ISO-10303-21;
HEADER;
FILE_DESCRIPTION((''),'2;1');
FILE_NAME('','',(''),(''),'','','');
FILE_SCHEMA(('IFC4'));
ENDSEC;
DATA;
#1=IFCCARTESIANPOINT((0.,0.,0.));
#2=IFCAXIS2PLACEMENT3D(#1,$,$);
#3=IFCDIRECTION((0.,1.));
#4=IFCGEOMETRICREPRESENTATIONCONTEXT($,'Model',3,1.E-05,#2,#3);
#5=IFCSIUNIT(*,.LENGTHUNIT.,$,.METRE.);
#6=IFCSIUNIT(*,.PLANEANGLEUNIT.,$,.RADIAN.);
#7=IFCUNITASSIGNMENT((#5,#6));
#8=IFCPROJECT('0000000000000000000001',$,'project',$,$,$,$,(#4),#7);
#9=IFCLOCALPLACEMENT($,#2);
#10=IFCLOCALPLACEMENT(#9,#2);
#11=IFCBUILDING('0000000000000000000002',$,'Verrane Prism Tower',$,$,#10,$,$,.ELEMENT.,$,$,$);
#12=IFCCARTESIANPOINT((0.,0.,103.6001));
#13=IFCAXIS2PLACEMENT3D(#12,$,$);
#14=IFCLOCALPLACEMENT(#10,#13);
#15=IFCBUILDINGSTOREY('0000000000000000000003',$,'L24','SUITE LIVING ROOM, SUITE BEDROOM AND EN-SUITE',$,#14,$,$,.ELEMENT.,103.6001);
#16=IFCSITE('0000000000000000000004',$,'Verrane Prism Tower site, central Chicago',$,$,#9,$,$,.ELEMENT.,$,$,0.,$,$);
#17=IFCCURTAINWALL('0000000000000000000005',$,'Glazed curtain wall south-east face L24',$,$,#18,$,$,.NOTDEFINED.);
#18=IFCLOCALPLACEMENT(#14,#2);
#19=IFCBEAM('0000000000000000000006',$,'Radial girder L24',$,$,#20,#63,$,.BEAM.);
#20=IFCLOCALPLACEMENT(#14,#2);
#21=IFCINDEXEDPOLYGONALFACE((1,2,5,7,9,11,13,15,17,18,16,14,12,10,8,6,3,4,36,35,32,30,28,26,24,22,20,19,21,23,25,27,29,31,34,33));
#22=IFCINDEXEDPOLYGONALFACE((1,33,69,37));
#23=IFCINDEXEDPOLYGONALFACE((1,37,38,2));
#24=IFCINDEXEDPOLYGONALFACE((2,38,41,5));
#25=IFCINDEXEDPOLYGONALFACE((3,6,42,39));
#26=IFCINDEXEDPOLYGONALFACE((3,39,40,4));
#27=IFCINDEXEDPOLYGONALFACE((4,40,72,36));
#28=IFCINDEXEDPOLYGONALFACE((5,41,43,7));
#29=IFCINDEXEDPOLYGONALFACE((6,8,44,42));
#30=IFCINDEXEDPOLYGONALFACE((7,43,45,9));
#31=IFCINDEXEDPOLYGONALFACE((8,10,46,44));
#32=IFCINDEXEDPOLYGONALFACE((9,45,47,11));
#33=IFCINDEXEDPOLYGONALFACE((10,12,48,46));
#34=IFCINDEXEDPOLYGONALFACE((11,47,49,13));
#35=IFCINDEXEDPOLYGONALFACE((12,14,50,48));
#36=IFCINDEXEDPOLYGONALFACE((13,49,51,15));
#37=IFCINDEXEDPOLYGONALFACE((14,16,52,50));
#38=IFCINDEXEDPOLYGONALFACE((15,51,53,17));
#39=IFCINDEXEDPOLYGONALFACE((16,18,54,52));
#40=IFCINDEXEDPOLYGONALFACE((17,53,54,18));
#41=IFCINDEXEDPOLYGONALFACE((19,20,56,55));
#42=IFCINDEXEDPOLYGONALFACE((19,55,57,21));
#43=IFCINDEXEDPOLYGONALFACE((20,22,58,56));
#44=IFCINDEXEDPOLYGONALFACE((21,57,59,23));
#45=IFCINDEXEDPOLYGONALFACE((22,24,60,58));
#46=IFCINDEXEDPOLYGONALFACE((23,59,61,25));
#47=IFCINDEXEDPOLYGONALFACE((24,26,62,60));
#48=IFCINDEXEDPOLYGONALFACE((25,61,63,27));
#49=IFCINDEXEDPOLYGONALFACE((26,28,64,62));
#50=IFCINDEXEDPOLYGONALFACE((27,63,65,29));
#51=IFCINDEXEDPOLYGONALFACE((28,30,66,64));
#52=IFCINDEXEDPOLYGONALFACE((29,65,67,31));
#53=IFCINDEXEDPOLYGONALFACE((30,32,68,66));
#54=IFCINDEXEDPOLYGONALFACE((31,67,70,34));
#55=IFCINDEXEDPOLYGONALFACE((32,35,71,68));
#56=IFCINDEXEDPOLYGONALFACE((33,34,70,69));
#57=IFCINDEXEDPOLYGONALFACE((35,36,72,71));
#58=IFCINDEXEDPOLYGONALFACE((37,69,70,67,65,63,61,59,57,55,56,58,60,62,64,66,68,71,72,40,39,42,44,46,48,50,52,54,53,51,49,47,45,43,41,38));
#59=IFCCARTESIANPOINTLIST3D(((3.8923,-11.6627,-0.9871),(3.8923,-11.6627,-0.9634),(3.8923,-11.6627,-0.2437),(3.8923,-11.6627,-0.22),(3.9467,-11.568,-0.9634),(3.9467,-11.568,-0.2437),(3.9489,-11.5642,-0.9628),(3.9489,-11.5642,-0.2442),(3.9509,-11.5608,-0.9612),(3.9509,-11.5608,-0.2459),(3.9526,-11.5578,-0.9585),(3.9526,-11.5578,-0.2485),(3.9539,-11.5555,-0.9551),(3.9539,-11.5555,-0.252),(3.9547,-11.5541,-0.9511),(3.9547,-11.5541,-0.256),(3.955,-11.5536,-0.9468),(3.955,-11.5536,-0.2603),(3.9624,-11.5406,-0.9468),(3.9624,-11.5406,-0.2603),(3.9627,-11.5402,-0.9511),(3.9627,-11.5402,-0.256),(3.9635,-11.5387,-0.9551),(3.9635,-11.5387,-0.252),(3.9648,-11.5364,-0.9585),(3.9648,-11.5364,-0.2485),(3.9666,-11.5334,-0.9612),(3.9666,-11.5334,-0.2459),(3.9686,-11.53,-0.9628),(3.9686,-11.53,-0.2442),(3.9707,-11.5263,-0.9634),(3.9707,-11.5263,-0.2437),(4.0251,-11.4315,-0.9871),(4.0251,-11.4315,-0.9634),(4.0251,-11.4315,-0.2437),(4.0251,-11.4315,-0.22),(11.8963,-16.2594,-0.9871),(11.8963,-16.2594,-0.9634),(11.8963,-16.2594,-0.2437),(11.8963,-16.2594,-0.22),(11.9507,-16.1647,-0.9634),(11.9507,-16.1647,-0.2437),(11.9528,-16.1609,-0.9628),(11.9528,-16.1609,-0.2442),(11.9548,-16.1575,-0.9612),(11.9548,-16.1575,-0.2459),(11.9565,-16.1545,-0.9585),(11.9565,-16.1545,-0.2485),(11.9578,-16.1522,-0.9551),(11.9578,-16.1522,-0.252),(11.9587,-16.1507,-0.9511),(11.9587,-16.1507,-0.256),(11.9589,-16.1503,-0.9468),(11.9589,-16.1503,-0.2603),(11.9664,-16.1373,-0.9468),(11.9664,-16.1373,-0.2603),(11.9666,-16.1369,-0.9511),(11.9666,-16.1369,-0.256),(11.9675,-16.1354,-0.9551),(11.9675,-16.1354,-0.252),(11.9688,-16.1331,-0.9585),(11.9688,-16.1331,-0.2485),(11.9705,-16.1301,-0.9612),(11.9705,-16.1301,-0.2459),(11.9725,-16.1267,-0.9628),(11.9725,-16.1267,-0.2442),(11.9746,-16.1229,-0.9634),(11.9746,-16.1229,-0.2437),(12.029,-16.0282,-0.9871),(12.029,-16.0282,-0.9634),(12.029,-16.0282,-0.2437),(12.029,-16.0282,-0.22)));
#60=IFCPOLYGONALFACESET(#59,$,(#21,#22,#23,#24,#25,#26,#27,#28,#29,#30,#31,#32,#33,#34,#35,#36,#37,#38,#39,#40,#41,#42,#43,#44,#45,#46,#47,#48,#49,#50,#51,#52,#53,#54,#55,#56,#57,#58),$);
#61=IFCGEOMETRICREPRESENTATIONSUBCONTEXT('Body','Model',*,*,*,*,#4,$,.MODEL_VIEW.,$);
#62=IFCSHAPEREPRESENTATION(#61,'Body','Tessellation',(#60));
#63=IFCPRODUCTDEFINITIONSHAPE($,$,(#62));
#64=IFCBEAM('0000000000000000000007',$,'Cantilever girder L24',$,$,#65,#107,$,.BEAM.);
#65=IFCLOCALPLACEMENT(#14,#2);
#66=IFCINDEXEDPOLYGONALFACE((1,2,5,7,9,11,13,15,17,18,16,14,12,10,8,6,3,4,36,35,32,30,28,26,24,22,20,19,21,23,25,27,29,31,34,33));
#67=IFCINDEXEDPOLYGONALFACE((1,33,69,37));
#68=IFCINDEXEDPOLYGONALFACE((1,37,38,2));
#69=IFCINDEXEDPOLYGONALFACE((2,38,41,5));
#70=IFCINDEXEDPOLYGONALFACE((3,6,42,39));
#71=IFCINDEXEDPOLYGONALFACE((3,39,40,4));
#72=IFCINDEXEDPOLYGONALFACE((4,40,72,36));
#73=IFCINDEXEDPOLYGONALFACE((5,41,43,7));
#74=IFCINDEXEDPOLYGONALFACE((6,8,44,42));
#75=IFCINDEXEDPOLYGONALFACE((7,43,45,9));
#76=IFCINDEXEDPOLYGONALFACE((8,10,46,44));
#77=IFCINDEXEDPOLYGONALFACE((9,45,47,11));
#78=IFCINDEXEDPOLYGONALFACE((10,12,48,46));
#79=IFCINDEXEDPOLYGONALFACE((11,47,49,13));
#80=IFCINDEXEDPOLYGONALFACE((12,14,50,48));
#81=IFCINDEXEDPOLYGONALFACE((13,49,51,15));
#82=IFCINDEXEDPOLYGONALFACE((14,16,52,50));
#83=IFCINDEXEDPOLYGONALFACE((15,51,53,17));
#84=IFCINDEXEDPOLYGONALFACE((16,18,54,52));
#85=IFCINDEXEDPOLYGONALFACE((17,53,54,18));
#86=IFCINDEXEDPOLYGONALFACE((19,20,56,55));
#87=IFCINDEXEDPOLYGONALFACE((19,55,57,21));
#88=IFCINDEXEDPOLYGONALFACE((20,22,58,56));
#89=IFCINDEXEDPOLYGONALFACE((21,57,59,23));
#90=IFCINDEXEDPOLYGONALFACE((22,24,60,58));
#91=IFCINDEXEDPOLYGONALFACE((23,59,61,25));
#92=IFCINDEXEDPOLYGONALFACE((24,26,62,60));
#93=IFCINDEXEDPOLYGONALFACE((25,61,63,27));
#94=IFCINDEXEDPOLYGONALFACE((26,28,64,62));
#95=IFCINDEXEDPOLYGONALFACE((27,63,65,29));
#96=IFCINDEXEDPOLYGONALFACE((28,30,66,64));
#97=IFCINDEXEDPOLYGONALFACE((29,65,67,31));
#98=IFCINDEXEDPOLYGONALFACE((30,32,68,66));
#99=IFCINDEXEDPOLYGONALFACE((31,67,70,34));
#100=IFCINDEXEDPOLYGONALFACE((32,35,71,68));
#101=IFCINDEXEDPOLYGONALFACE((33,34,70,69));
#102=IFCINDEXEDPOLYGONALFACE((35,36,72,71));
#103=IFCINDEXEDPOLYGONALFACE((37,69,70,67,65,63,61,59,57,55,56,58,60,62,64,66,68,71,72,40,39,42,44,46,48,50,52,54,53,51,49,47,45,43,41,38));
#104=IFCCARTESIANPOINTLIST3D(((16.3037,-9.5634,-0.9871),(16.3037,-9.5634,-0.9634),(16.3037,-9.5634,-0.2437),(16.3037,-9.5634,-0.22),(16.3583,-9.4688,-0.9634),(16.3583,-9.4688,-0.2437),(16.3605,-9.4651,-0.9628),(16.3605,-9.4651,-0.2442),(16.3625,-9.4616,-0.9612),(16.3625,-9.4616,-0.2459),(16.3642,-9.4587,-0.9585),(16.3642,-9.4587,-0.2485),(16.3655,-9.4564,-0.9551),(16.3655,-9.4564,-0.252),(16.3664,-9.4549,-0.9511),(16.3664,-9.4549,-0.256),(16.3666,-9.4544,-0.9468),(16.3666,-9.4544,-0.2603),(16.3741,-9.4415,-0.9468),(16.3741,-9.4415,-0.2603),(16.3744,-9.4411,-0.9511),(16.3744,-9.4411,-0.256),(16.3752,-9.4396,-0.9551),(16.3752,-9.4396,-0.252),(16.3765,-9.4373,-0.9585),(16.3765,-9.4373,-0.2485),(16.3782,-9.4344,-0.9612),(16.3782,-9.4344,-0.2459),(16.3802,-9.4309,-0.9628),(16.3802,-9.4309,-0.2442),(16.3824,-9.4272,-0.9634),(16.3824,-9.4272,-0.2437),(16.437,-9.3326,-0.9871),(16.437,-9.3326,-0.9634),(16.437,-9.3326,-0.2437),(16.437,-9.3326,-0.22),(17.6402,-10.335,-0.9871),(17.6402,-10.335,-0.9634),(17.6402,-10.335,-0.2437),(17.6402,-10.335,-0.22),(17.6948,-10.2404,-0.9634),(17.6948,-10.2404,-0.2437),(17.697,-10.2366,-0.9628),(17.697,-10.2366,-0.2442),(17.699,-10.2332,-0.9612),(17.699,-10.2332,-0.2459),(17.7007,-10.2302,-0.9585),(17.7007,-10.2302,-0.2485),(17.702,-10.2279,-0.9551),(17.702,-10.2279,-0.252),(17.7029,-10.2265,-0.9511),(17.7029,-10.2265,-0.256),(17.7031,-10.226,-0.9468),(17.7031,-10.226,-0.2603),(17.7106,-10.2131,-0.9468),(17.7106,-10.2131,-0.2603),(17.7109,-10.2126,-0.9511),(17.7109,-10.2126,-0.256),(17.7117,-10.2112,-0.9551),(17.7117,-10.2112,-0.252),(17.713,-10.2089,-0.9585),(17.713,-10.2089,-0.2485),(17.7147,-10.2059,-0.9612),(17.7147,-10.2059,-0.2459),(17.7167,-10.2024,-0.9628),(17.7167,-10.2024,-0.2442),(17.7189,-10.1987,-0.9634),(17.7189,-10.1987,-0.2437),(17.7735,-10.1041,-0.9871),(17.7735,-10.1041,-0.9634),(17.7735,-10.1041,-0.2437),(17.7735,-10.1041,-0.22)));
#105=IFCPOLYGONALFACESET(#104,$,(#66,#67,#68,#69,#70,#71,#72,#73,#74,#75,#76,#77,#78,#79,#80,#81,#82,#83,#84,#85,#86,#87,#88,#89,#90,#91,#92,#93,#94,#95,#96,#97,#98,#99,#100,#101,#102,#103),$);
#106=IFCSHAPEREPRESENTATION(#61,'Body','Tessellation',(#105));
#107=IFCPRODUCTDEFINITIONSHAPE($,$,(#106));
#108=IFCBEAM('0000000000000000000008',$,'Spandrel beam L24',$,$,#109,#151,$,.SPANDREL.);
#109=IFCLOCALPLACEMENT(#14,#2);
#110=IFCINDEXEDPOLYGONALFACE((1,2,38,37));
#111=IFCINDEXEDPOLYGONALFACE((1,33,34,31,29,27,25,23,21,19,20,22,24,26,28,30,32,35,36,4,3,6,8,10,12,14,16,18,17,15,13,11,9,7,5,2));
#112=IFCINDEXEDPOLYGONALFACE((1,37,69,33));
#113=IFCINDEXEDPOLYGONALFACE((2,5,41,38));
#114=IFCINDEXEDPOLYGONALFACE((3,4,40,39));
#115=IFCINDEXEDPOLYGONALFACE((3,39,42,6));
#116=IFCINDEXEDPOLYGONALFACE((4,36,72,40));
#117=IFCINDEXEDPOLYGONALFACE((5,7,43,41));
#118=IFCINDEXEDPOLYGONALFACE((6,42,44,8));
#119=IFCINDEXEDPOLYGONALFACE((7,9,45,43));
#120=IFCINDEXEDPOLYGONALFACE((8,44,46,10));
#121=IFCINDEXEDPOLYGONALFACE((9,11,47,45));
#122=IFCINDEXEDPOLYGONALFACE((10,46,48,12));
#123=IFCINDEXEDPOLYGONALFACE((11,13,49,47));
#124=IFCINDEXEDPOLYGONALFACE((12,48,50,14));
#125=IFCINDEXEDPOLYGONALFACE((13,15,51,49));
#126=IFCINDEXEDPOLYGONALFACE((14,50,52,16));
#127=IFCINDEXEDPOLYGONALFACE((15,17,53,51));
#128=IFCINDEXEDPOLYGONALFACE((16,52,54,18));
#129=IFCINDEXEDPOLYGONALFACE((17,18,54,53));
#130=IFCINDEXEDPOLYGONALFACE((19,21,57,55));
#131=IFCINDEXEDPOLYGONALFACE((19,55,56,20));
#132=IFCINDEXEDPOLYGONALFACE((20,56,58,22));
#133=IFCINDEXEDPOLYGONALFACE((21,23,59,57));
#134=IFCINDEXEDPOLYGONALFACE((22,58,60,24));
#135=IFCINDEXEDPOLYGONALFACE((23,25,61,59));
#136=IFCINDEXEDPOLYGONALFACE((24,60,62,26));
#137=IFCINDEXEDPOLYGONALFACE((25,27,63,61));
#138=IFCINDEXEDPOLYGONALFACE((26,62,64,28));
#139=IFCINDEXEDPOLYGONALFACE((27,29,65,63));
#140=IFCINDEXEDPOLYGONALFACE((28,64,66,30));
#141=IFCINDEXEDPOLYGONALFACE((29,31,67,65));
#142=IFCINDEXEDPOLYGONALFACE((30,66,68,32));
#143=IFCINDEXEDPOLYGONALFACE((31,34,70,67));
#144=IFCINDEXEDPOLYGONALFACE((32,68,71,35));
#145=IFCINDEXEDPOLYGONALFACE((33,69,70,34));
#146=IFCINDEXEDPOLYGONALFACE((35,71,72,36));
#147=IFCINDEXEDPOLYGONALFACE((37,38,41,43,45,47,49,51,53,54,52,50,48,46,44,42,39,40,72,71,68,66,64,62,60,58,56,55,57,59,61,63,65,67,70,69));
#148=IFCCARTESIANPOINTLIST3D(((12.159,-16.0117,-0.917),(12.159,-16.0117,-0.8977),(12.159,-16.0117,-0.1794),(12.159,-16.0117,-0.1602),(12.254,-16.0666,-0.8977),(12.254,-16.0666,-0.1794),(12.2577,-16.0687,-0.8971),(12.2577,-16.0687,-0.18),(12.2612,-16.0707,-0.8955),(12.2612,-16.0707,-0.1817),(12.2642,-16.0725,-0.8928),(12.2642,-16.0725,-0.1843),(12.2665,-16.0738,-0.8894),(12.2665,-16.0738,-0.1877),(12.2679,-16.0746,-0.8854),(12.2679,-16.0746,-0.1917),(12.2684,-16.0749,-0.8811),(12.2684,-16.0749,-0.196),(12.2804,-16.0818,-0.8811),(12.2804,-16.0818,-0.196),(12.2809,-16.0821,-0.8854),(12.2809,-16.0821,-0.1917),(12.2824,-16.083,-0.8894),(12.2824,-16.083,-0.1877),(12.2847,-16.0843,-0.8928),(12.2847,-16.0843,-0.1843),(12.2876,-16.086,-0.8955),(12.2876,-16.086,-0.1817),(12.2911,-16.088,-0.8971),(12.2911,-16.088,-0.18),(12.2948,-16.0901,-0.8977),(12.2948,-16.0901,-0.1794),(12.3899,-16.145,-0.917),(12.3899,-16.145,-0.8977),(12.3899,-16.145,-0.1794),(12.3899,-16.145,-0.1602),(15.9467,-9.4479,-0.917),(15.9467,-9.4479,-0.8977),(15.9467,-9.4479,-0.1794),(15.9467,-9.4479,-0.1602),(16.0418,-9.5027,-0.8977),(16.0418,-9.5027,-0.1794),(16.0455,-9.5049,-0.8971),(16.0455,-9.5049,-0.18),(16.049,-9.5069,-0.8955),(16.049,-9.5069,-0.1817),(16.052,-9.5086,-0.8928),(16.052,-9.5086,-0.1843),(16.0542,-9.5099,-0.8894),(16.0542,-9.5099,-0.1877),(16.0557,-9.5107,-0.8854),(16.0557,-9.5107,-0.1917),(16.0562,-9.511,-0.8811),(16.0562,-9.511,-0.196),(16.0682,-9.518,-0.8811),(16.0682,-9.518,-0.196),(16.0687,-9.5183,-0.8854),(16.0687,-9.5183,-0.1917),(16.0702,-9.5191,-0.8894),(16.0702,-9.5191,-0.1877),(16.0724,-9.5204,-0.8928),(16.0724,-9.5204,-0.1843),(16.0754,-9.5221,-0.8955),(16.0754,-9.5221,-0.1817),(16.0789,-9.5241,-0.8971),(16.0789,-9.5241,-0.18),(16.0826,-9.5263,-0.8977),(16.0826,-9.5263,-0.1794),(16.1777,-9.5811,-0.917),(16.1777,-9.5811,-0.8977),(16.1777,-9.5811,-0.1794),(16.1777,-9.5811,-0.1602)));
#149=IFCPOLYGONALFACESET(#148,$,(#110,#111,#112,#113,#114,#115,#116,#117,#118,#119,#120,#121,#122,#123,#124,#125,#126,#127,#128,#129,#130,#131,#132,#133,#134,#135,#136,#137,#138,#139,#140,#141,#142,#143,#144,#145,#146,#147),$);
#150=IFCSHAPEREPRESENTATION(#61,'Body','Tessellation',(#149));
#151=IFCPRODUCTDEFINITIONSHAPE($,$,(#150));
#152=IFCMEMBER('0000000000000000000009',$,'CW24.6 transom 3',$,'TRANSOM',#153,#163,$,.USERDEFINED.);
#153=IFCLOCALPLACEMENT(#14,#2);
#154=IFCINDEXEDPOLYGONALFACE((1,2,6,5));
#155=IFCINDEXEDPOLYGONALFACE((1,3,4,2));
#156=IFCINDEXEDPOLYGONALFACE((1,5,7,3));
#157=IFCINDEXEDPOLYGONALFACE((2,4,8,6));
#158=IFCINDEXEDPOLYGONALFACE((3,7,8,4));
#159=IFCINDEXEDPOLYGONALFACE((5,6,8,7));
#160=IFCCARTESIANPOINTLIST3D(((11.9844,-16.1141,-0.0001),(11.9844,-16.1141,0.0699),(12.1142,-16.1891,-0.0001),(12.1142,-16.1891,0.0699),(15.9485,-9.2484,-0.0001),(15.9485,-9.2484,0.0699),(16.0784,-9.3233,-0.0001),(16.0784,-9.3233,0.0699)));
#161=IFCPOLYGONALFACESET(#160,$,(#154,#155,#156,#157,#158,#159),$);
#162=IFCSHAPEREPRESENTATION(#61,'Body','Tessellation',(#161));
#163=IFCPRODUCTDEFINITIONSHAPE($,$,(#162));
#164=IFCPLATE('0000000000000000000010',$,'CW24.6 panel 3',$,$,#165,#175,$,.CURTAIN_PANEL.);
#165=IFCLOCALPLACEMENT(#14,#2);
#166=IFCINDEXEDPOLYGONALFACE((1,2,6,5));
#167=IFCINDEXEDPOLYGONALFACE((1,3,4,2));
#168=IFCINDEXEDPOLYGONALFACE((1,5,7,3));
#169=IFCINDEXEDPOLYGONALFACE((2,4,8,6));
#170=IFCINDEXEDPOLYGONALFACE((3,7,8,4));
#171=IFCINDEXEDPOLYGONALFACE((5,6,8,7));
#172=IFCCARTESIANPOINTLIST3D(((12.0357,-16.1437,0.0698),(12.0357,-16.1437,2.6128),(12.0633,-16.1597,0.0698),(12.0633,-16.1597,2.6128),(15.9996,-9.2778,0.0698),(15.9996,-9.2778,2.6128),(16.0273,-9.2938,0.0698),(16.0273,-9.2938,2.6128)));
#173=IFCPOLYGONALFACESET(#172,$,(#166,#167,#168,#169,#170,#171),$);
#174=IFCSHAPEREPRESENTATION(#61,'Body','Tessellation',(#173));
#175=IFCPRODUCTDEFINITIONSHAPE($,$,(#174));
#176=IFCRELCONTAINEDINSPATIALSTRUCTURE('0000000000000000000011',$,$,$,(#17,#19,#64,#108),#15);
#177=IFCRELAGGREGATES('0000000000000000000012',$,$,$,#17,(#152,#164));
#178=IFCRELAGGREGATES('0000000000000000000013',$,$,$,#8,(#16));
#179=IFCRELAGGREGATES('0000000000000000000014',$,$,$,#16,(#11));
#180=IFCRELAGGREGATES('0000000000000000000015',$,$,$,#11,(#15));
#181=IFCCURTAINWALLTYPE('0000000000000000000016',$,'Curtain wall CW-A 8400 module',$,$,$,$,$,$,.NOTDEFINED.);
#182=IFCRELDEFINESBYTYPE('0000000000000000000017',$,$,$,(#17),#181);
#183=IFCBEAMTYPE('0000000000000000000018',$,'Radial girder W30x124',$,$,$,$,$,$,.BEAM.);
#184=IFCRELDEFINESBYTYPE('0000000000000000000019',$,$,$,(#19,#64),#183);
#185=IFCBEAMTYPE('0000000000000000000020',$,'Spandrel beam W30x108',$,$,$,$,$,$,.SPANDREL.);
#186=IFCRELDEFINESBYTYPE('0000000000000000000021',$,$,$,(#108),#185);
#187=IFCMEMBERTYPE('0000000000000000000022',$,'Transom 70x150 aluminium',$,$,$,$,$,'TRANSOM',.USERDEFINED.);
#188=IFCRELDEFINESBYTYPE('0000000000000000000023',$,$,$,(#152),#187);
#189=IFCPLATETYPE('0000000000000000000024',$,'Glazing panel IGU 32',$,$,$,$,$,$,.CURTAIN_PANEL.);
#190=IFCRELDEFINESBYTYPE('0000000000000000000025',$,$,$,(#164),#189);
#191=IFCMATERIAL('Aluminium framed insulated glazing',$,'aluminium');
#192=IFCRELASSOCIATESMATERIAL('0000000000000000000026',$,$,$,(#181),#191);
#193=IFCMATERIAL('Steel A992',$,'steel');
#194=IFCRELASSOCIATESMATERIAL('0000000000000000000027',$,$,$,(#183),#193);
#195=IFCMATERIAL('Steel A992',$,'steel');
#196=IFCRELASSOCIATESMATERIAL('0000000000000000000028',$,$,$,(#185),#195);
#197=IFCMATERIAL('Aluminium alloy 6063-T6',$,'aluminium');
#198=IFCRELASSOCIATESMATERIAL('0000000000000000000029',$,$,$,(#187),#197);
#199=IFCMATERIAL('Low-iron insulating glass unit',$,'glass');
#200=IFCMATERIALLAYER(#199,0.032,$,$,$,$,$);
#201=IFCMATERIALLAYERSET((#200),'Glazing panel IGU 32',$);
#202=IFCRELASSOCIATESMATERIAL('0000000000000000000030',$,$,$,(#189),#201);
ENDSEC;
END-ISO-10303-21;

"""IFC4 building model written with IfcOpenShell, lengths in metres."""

from ifc_helpers import new_model, si_unit, direction, frame, origin, origin_2d, place, context, subcontext, project, spatial, rectangle, i_section, extrude, material, layer, layer_set, material_profile, profile_set, type_object, element, aggregate, save


model = new_model("IFC4")

# Units and contexts
model_context = context("Model", 3, precision=1e-05, world=origin(), true_north=direction((0.0, 1.0)))
body_context = subcontext(model_context, "Body", "Model", "MODEL_VIEW")
ifc_project = project(units=[si_unit("LENGTHUNIT", "METRE"), si_unit("PLANEANGLEUNIT", "RADIAN")], contexts=[model_context])

# Site, building, storey
site_placement = place(None, origin())
site = spatial("IfcSite", under=ifc_project, at=site_placement, Name="Verrane Prism Tower site, central Chicago", CompositionType="ELEMENT", RefElevation=0.0)
building_placement = place(site_placement, origin())
building = spatial("IfcBuilding", under=site, at=building_placement, Name="Verrane Prism Tower", CompositionType="ELEMENT")
storey_placement = place(building_placement, frame((0.0, 0.0, 103.6001)))
storey = spatial("IfcBuildingStorey", under=building, at=storey_placement, Name="L24", Description="SUITE LIVING ROOM, SUITE BEDROOM AND EN-SUITE", CompositionType="ELEMENT", Elevation=103.6001)

# Curtain wall
ifc_material_1 = material(Name="Aluminium framed insulated glazing", Category="aluminium")
curtain_wall_type = type_object("IfcCurtainWallType", Name="Curtain wall CW-A 8400 module", PredefinedType="NOTDEFINED", material=ifc_material_1)
curtain_wall_placement = place(storey_placement, origin())
curtain_wall = element("IfcCurtainWall", 1, at=curtain_wall_placement, inside=storey, type_object=curtain_wall_type, Name="Glazed curtain wall south-east face L24", PredefinedType="NOTDEFINED")

# Beams
ifc_material_2 = material(Name="Steel A992", Category="steel")
ifc_material_profile_1 = material_profile(ifc_material_2, i_section(OverallWidth=0.2666, OverallDepth=0.7671, WebThickness=0.0149, FlangeThickness=0.0237, FilletRadius=0.0166, at=origin_2d()), Name="W30x124")
ifc_profile_set_1 = profile_set([ifc_material_profile_1], Name="Steel A992")
beam_type_1 = type_object("IfcBeamType", Name="Radial girder W30x124", PredefinedType="BEAM", material=ifc_profile_set_1)
beam_1_placement = place(storey_placement, frame((11.9626, -16.1438, -0.6035), z_axis=(-0.867167, 0.498018, 0.0), x_axis=(-0.498018, -0.867167, 0.0)))
element("IfcBeam", 2, at=beam_1_placement, inside=storey, type_object=beam_type_1, Name="Radial girder L24", PredefinedType="BEAM", context=body_context, shape_type="SweptSolid", body=[
    extrude(i_section(OverallWidth=0.2666, OverallDepth=0.7671, WebThickness=0.0149, FlangeThickness=0.0237, FilletRadius=0.0166, at=origin_2d()), origin(), (0.0, 0.0, 1.0), 9.23),
])
beam_2_placement = place(storey_placement, frame((16.3704, -9.448, -0.6035), z_axis=(0.866054, -0.499951, 0.0), x_axis=(0.499951, 0.866054, 0.0)))
element("IfcBeam", 3, at=beam_2_placement, inside=storey, type_object=beam_type_1, Name="Cantilever girder L24", PredefinedType="BEAM", context=body_context, shape_type="SweptSolid", body=[
    extrude(i_section(OverallWidth=0.2666, OverallDepth=0.7671, WebThickness=0.0149, FlangeThickness=0.0237, FilletRadius=0.0166, at=origin_2d()), origin(), (0.0, 0.0, 1.0), 1.5432),
])
ifc_material_3 = material(Name="Steel A992", Category="steel")
ifc_material_profile_2 = material_profile(ifc_material_3, i_section(OverallWidth=0.2666, OverallDepth=0.7568, WebThickness=0.0139, FlangeThickness=0.0193, FilletRadius=0.0166, at=origin_2d()), Name="W30x108")
ifc_profile_set_2 = profile_set([ifc_material_profile_2], Name="Steel A992")
beam_type_2 = type_object("IfcBeamType", Name="Spandrel beam W30x108", PredefinedType="SPANDREL", material=ifc_profile_set_2)
beam_3_placement = place(storey_placement, frame((12.2744, -16.0784, -0.5386), z_axis=(0.499815, 0.866132, 0.0), x_axis=(-0.866132, 0.499815, 0.0)))
element("IfcBeam", 4, at=beam_3_placement, inside=storey, type_object=beam_type_2, Name="Spandrel beam L24", PredefinedType="SPANDREL", context=body_context, shape_type="SweptSolid", body=[
    extrude(i_section(OverallWidth=0.2666, OverallDepth=0.7568, WebThickness=0.0139, FlangeThickness=0.0193, FilletRadius=0.0166, at=origin_2d()), origin(), (0.0, 0.0, 1.0), 7.5784),
])

# Member
ifc_material_4 = material(Name="Aluminium alloy 6063-T6", Category="aluminium")
ifc_material_profile_3 = material_profile(ifc_material_4, rectangle(XDim=0.1499, YDim=0.0701, at=origin_2d()), Name="Transom 70x150 aluminium")
ifc_profile_set_3 = profile_set([ifc_material_profile_3], Name="Aluminium alloy 6063-T6")
member_type_1 = type_object("IfcMemberType", Name="Transom 70x150 aluminium", ElementType="TRANSOM", PredefinedType="USERDEFINED", material=ifc_profile_set_3)
member_1_placement = place(storey_placement, frame((12.0493, -16.1516, 0.0349), z_axis=(0.500017, 0.866015, 0.0), x_axis=(-0.866015, 0.500017, 0.0)))
member_1 = element("IfcMember", 5, at=member_1_placement, type_object=member_type_1, Name="CW24.6 transom 3", ObjectType="TRANSOM", PredefinedType="USERDEFINED", context=body_context, shape_type="SweptSolid", body=[
    extrude(rectangle(XDim=0.1499, YDim=0.0701, at=origin_2d()), origin(), (0.0, 0.0, 1.0), 7.928),
])

# Plate
ifc_material_5 = material(Name="Low-iron insulating glass unit", Category="glass")
ifc_layer_1 = layer(ifc_material_5, 0.032)
ifc_layer_set_1 = layer_set([ifc_layer_1], Name="Glazing panel IGU 32")
plate_type = type_object("IfcPlateType", Name="Glazing panel IGU 32", PredefinedType="CURTAIN_PANEL", material=ifc_layer_set_1)
plate_placement = place(storey_placement, frame((14.0315, -12.7188, 0.0698), z_axis=(0.0, 0.0, 1.0), x_axis=(0.5, 0.866025, 0.0)))
plate = element("IfcPlate", 6, at=plate_placement, type_object=plate_type, Name="CW24.6 panel 3", PredefinedType="CURTAIN_PANEL", context=body_context, shape_type="SweptSolid", body=[
    extrude(rectangle(XDim=7.928, YDim=0.032, at=origin_2d()), origin(), (0.0, 0.0, 1.0), 2.543),
])
aggregate(curtain_wall, [member_1, plate])

save(model, "model.ifc")
